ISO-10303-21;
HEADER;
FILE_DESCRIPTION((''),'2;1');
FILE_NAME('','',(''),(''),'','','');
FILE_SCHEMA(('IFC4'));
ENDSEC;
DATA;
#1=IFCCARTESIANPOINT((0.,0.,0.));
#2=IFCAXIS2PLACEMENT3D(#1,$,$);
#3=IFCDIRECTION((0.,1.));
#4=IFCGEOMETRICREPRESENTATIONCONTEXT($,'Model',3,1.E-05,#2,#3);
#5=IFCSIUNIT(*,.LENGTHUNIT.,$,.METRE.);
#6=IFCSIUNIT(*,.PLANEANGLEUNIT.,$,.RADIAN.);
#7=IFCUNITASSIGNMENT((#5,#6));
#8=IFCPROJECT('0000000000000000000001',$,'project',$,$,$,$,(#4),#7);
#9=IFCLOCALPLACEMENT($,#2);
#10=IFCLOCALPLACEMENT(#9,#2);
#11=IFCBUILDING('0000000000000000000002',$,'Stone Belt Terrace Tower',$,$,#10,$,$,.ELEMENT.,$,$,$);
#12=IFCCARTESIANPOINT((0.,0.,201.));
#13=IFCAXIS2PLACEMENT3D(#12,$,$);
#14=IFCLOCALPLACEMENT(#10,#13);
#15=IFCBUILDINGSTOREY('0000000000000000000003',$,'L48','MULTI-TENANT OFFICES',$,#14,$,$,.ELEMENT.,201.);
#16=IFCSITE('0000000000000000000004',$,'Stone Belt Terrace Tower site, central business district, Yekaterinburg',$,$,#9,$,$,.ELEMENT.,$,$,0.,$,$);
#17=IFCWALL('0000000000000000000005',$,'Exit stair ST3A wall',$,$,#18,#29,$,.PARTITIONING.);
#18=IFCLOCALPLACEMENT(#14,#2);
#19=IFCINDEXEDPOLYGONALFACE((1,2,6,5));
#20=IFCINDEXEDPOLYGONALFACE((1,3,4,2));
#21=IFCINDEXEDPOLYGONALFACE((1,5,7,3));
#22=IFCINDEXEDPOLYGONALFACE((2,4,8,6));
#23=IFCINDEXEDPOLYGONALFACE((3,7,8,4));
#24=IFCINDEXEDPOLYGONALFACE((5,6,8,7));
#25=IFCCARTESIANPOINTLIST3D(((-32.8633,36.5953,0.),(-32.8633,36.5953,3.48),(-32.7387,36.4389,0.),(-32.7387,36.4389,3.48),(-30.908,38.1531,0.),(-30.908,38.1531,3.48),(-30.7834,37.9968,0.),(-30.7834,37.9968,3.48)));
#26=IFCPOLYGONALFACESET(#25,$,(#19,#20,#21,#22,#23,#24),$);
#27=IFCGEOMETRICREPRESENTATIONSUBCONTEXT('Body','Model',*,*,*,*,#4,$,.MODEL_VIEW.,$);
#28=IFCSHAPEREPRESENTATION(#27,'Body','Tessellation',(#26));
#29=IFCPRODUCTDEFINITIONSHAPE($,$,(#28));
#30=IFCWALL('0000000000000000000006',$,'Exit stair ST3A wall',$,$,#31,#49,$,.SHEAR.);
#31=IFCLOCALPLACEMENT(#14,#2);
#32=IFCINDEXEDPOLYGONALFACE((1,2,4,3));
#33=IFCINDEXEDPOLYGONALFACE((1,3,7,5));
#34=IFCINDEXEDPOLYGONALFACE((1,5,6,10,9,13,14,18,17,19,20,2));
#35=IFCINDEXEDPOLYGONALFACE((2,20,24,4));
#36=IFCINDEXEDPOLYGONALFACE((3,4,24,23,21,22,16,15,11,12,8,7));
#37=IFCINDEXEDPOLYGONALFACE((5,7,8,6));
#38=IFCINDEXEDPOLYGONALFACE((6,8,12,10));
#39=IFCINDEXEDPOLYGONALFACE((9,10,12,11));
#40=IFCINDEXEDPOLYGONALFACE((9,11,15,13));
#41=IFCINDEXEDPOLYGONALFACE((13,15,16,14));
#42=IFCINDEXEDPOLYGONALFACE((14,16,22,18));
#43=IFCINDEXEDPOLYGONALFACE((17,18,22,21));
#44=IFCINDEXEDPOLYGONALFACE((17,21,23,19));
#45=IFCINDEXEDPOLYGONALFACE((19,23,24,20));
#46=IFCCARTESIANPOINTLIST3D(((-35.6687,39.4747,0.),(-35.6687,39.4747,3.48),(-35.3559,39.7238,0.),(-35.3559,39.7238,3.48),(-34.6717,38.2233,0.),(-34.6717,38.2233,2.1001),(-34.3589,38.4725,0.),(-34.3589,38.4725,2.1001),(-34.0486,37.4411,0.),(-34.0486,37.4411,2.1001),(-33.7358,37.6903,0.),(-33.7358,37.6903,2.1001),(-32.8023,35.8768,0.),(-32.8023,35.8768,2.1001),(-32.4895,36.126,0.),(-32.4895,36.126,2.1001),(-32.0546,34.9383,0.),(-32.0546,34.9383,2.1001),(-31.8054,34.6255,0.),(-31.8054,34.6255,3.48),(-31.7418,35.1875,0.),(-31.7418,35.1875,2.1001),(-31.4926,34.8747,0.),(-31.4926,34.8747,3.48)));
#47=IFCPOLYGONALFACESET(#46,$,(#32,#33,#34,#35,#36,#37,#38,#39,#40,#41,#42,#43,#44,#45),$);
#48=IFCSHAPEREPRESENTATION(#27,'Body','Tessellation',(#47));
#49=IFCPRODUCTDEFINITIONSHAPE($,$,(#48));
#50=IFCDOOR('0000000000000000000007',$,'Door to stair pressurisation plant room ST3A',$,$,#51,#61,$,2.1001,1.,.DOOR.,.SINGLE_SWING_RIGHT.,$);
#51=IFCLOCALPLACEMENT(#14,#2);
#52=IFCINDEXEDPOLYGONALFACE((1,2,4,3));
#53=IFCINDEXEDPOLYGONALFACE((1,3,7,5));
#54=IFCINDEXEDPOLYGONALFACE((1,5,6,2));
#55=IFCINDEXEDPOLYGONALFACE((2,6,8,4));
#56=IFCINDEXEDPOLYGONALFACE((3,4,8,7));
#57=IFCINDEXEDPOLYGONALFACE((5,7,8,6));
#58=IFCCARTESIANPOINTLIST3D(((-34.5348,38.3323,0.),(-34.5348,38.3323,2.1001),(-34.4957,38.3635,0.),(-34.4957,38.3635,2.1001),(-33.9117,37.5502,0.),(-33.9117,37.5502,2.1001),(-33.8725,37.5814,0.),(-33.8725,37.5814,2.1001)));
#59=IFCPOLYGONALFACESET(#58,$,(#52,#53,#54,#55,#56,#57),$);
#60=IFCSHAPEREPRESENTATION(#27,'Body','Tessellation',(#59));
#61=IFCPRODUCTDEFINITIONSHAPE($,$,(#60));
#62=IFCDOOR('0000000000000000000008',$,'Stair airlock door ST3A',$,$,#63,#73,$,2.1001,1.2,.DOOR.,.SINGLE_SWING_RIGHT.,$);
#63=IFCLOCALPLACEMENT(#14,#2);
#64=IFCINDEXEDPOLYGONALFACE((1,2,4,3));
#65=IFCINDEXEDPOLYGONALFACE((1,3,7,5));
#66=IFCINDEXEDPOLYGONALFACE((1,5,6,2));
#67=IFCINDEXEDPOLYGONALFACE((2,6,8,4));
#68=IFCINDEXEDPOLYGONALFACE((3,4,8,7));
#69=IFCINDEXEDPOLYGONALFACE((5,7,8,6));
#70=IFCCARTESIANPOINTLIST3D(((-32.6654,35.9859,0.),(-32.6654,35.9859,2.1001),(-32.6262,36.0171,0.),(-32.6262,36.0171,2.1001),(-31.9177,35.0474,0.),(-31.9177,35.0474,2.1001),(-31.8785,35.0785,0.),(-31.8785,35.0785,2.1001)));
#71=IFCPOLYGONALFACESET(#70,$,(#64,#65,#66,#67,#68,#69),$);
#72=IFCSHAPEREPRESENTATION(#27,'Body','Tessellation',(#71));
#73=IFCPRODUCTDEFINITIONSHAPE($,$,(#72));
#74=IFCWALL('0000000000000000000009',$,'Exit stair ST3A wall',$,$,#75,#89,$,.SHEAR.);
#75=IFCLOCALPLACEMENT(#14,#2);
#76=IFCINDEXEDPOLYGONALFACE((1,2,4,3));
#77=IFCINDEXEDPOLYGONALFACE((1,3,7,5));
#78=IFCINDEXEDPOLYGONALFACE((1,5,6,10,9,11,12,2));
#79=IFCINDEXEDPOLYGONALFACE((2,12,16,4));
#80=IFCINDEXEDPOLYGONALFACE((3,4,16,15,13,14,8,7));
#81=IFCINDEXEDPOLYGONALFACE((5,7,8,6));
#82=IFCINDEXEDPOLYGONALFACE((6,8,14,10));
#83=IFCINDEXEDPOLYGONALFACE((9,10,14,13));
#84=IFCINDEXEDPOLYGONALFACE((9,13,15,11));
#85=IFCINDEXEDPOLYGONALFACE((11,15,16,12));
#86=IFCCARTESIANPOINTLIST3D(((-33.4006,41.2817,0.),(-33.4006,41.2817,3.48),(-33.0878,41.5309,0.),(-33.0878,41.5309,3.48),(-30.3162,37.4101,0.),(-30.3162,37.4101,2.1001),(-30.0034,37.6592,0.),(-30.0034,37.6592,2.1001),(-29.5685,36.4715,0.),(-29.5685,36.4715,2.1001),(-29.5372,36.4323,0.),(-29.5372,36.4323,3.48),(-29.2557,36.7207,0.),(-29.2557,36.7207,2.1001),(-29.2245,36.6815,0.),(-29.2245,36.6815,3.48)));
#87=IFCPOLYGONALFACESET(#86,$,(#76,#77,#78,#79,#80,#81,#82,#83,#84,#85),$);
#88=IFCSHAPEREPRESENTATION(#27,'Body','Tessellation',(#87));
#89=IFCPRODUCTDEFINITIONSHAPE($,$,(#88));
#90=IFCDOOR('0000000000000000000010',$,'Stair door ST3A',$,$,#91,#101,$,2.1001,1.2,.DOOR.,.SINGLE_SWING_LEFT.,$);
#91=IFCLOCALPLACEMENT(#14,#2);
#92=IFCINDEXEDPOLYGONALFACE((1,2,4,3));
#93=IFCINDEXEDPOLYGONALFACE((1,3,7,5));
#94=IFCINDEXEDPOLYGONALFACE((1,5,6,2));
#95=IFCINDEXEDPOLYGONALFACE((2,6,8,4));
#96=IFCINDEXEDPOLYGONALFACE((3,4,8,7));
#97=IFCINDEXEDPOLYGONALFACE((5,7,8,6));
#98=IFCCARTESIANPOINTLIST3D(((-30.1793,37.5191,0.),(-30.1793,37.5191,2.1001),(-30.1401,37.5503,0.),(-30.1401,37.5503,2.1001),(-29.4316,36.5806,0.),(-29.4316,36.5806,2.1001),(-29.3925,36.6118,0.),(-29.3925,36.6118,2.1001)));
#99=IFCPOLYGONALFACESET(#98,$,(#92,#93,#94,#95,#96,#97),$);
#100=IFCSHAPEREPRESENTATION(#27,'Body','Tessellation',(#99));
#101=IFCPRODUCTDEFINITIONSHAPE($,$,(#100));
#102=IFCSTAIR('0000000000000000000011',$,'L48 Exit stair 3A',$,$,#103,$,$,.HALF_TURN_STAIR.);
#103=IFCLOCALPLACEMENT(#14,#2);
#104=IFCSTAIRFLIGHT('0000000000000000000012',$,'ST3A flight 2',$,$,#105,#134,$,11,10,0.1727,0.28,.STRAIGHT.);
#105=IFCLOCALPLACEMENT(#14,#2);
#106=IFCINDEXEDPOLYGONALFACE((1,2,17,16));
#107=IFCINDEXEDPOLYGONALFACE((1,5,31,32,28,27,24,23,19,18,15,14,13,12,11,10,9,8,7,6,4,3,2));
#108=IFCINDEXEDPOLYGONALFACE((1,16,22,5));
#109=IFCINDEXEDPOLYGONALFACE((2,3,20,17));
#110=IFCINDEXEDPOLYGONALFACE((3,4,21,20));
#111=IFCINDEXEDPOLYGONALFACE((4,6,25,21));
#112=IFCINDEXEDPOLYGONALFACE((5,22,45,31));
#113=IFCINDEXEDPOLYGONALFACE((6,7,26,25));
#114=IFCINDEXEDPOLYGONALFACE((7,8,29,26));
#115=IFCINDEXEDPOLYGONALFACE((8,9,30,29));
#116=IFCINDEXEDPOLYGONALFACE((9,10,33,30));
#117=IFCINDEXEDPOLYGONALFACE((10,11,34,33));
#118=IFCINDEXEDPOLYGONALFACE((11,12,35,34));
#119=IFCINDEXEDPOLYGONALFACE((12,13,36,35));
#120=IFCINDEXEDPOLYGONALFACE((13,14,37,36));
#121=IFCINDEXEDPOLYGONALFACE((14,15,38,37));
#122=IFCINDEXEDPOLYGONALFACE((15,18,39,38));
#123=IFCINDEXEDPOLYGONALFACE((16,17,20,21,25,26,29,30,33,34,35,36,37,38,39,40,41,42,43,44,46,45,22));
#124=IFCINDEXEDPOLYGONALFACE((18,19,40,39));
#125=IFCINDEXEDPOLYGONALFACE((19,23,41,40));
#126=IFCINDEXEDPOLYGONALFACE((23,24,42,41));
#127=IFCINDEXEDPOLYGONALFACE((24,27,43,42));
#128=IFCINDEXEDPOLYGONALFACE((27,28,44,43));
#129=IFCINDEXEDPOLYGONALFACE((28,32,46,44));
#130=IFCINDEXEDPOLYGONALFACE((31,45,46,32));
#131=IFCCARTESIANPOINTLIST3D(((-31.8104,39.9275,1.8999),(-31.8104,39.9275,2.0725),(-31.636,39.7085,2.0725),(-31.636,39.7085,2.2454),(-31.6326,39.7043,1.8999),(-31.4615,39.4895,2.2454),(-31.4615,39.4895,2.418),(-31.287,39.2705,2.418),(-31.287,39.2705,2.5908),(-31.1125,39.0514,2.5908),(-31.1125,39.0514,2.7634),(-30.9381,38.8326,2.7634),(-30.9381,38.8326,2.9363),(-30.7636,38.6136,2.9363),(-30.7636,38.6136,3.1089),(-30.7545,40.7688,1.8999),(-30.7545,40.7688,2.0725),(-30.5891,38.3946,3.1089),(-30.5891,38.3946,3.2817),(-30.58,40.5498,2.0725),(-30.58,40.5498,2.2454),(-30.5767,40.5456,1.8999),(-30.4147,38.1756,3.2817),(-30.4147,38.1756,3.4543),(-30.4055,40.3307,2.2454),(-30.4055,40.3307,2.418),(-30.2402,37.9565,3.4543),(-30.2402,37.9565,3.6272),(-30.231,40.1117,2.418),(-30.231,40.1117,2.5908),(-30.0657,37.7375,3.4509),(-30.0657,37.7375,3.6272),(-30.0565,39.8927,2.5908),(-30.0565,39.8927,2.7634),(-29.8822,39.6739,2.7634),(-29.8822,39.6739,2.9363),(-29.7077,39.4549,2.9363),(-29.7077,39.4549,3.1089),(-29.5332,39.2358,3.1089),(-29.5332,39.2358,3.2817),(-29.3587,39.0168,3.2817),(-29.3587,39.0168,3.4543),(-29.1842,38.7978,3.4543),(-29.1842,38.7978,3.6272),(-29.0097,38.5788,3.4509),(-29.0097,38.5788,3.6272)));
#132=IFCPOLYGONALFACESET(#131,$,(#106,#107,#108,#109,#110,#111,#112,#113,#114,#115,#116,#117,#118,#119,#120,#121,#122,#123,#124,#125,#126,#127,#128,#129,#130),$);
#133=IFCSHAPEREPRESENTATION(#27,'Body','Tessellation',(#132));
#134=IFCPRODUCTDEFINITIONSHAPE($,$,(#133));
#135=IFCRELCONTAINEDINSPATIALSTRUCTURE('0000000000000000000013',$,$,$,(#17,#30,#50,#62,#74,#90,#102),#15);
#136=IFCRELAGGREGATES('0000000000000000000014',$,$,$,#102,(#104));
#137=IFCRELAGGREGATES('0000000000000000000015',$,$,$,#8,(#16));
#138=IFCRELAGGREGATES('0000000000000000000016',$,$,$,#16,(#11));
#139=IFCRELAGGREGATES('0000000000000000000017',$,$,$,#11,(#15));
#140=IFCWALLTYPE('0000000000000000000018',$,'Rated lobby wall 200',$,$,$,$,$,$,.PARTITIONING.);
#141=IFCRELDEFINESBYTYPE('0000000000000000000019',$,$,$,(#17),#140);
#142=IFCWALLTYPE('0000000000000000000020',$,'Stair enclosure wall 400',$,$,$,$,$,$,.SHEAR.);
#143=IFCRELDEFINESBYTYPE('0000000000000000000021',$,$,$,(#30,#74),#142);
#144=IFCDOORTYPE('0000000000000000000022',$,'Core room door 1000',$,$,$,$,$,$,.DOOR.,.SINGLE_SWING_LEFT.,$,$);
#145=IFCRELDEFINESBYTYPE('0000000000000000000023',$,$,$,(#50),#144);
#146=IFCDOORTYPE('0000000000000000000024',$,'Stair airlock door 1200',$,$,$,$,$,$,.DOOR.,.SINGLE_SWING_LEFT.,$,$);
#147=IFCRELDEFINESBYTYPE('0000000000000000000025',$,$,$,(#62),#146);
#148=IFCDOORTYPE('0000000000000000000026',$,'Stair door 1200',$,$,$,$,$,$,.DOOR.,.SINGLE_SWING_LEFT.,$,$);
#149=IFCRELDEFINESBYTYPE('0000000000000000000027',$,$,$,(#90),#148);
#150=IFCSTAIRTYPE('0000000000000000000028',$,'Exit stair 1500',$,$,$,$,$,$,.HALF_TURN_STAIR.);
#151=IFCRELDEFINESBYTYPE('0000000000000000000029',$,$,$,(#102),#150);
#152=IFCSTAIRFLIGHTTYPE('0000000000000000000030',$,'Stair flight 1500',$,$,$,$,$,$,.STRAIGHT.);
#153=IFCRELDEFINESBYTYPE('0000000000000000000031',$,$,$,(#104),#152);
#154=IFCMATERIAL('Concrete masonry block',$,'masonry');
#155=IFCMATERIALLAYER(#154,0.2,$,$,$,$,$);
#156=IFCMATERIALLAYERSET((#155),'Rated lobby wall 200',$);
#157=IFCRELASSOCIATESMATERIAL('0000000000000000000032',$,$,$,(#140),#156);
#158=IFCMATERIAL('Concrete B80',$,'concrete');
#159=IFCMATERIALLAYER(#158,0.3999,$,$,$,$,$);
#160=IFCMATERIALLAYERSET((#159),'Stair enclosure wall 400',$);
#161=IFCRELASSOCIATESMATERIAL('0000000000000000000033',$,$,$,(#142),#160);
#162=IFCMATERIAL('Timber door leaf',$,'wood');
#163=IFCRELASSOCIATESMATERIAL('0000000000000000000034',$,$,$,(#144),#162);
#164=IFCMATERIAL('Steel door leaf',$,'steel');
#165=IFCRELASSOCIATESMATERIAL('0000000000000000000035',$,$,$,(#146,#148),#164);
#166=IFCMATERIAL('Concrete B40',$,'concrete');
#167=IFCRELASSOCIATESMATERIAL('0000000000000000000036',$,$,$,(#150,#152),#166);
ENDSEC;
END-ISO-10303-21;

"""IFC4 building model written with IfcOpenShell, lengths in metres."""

from ifc_helpers import new_model, si_unit, direction, frame, frame_2d, origin, place, context, subcontext, project, spatial, polyline, rectangle, outline, extrude, material, layer, layer_set, type_object, element, fill, aggregate, save


model = new_model("IFC4")

# Units and contexts
model_context = context("Model", 3, precision=1e-05, world=origin(), true_north=direction((0.0, 1.0)))
body_context = subcontext(model_context, "Body", "Model", "MODEL_VIEW")
ifc_project = project(units=[si_unit("LENGTHUNIT", "METRE"), si_unit("PLANEANGLEUNIT", "RADIAN")], contexts=[model_context])

# Site, building, storey
site_placement = place(None, origin())
site = spatial("IfcSite", under=ifc_project, at=site_placement, Name="Stone Belt Terrace Tower site, central business district, Yekaterinburg", CompositionType="ELEMENT", RefElevation=0.0)
building_placement = place(site_placement, origin())
building = spatial("IfcBuilding", under=site, at=building_placement, Name="Stone Belt Terrace Tower", CompositionType="ELEMENT")
storey_placement = place(building_placement, frame((0.0, 0.0, 201.0)))
storey = spatial("IfcBuildingStorey", under=building, at=storey_placement, Name="L48", Description="MULTI-TENANT OFFICES", CompositionType="ELEMENT", Elevation=201.0)

# Shared definitions
ifc_material_1 = material(Name="Timber door leaf", Category="wood")

# Wall
ifc_material_2 = material(Name="Concrete masonry block", Category="masonry")
ifc_layer_1 = layer(ifc_material_2, 0.2)
ifc_layer_set_1 = layer_set([ifc_layer_1], Name="Rated lobby wall 200")
wall_type_1 = type_object("IfcWallType", Name="Rated lobby wall 200", PredefinedType="PARTITIONING", material=ifc_layer_set_1)
wall_1_placement = place(storey_placement, frame((-30.8457, 38.075, 0.0), z_axis=(0.0, 0.0, 1.0), x_axis=(-0.782115, -0.623134, 0.0)))
element("IfcWall", 1, at=wall_1_placement, inside=storey, type_object=wall_type_1, Name="Exit stair ST3A wall", PredefinedType="PARTITIONING", context=body_context, shape_type="SweptSolid", body=[
    extrude(rectangle(XDim=2.5, YDim=0.2, at=frame_2d((1.25, 0.0))), origin(), (0.0, 0.0, 1.0), 3.48),
])

# Wall, openings, doors
ifc_material_3 = material(Name="Concrete B80", Category="concrete")
ifc_layer_2 = layer(ifc_material_3, 0.3999)
ifc_layer_set_2 = layer_set([ifc_layer_2], Name="Stair enclosure wall 400")
wall_type_2 = type_object("IfcWallType", Name="Stair enclosure wall 400", PredefinedType="SHEAR", material=ifc_layer_set_2)
wall_2_placement = place(storey_placement, frame((-31.6489, 34.75, 0.0), z_axis=(0.0, 0.0, 1.0), x_axis=(-0.623119, 0.782127, 0.0)))
wall_2 = element("IfcWall", 2, at=wall_2_placement, inside=storey, type_object=wall_type_2, Name="Exit stair ST3A wall", PredefinedType="SHEAR", context=body_context, shape_type="SweptSolid", body=[
    extrude(rectangle(XDim=6.2, YDim=0.3999, at=frame_2d((3.1001, 0.0))), origin(), (0.0, 0.0, 1.0), 3.48),
])
opening_1_placement = place(wall_2_placement, frame((0.3999, 0.0, 0.0)))
opening_1 = element("IfcOpeningElement", 3, at=opening_1_placement, cuts=wall_2, PredefinedType="OPENING", context=body_context, shape_type="SweptSolid", body=[
    extrude(rectangle(XDim=1.2, YDim=2.1001, at=frame_2d((0.6001, 1.05))), frame((0.0, 0.21, 0.0), z_axis=(0.0, -1.0, 0.0), x_axis=(1.0, 0.0, 0.0)), (0.0, 0.0, 1.0), 0.4199),
])
opening_2_placement = place(wall_2_placement, frame((3.6001, 0.0, 0.0)))
opening_2 = element("IfcOpeningElement", 4, at=opening_2_placement, cuts=wall_2, PredefinedType="OPENING", context=body_context, shape_type="SweptSolid", body=[
    extrude(rectangle(XDim=1.0, YDim=2.1001, at=frame_2d((0.5, 1.05))), frame((0.0, 0.21, 0.0), z_axis=(0.0, -1.0, 0.0), x_axis=(1.0, 0.0, 0.0)), (0.0, 0.0, 1.0), 0.4199),
])
door_type_1 = type_object("IfcDoorType", Name="Core room door 1000", OperationType="SINGLE_SWING_LEFT", PredefinedType="DOOR", material=ifc_material_1)
door_1_placement = place(opening_2_placement, origin())
door_1 = element("IfcDoor", 5, at=door_1_placement, inside=storey, type_object=door_type_1, Name="Door to stair pressurisation plant room ST3A", OperationType="SINGLE_SWING_RIGHT", OverallHeight=2.1001, OverallWidth=1.0, PredefinedType="DOOR", context=body_context, shape_type="SweptSolid", body=[
    extrude(rectangle(XDim=1.0, YDim=2.1001, at=frame_2d((0.5, 1.05))), frame((0.0, 0.0249, 0.0), z_axis=(0.0, -1.0, 0.0), x_axis=(1.0, 0.0, 0.0)), (0.0, 0.0, 1.0), 0.05),
])
fill(opening_2, door_1)
ifc_material_4 = material(Name="Steel door leaf", Category="steel")
door_type_2 = type_object("IfcDoorType", Name="Stair airlock door 1200", OperationType="SINGLE_SWING_LEFT", PredefinedType="DOOR", material=ifc_material_4)
door_2_placement = place(opening_1_placement, origin())
door_2 = element("IfcDoor", 6, at=door_2_placement, inside=storey, type_object=door_type_2, Name="Stair airlock door ST3A", OperationType="SINGLE_SWING_RIGHT", OverallHeight=2.1001, OverallWidth=1.2, PredefinedType="DOOR", context=body_context, shape_type="SweptSolid", body=[
    extrude(rectangle(XDim=1.2, YDim=2.1001, at=frame_2d((0.6001, 1.05))), frame((0.0, 0.0249, 0.0), z_axis=(0.0, -1.0, 0.0), x_axis=(1.0, 0.0, 0.0)), (0.0, 0.0, 1.0), 0.05),
])
fill(opening_1, door_2)

# Wall, opening, door
wall_3_placement = place(storey_placement, frame((-29.3809, 36.5569, 0.0), z_axis=(0.0, 0.0, 1.0), x_axis=(-0.623099, 0.782143, 0.0)))
wall_3 = element("IfcWall", 7, at=wall_3_placement, inside=storey, type_object=wall_type_2, Name="Exit stair ST3A wall", PredefinedType="SHEAR", context=body_context, shape_type="SweptSolid", body=[
    extrude(rectangle(XDim=6.2002, YDim=0.3999, at=frame_2d((3.1001, 0.0))), origin(), (0.0, 0.0, 1.0), 3.48),
])
opening_3_placement = place(wall_3_placement, frame((0.05, 0.0, 0.0)))
opening_3 = element("IfcOpeningElement", 8, at=opening_3_placement, cuts=wall_3, PredefinedType="OPENING", context=body_context, shape_type="SweptSolid", body=[
    extrude(rectangle(XDim=1.2, YDim=2.1001, at=frame_2d((0.6001, 1.05))), frame((0.0, 0.21, 0.0), z_axis=(0.0, -1.0, 0.0), x_axis=(1.0, 0.0, 0.0)), (0.0, 0.0, 1.0), 0.4199),
])
door_type_3 = type_object("IfcDoorType", Name="Stair door 1200", OperationType="SINGLE_SWING_LEFT", PredefinedType="DOOR", material=ifc_material_4)
door_3_placement = place(opening_3_placement, origin())
door_3 = element("IfcDoor", 9, at=door_3_placement, inside=storey, type_object=door_type_3, Name="Stair door ST3A", OperationType="SINGLE_SWING_LEFT", OverallHeight=2.1001, OverallWidth=1.2, PredefinedType="DOOR", context=body_context, shape_type="SweptSolid", body=[
    extrude(rectangle(XDim=1.2, YDim=2.1001, at=frame_2d((0.6001, 1.05))), frame((0.0, 0.0249, 0.0), z_axis=(0.0, -1.0, 0.0), x_axis=(1.0, 0.0, 0.0)), (0.0, 0.0, 1.0), 0.05),
])
fill(opening_3, door_3)

# Stair, stair flight
ifc_material_5 = material(Name="Concrete B40", Category="concrete")
stair_type = type_object("IfcStairType", Name="Exit stair 1500", PredefinedType="HALF_TURN_STAIR", material=ifc_material_5)
stair_placement = place(storey_placement, origin())
stair = element("IfcStair", 10, at=stair_placement, inside=storey, type_object=stair_type, Name="L48 Exit stair 3A", PredefinedType="HALF_TURN_STAIR")
stair_flight_type = type_object("IfcStairFlightType", Name="Stair flight 1500", PredefinedType="STRAIGHT", material=ifc_material_5)
stair_flight_placement = place(storey_placement, frame((-31.2825, 40.3481, 1.8999), z_axis=(0.0, 0.0, 1.0), x_axis=(0.623121, -0.782125, 0.0)))
stair_flight = element("IfcStairFlight", 11, at=stair_flight_placement, type_object=stair_flight_type, Name="ST3A flight 2", NumberOfRisers=11, NumberOfTreads=10, PredefinedType="STRAIGHT", RiserHeight=0.1727, TreadLength=0.28, context=body_context, shape_type="SweptSolid", body=[
    extrude(outline(polyline([(0.0, 0.0), (0.0, 0.1726), (0.28, 0.1726), (0.28, 0.3455), (0.5601, 0.3455), (0.5601, 0.5181), (0.8401, 0.5181), (0.8401, 0.6909), (1.1201, 0.6909), (1.1201, 0.8635), (1.3999, 0.8635), (1.3999, 1.0364), (1.6799, 1.0364), (1.6799, 1.209), (1.96, 1.209), (1.96, 1.3818), (2.24, 1.3818), (2.24, 1.5544), (2.52, 1.5544), (2.52, 1.7273), (2.8, 1.7273), (2.8, 1.8999), (2.8, 1.551), (0.2854, 0.0), (0.0, 0.0)])), frame((0.0, 0.675, 0.0), z_axis=(0.0, -1.0, 0.0), x_axis=(1.0, 0.0, 0.0)), (0.0, 0.0, 1.0), 1.3501),
])
aggregate(stair, [stair_flight])

save(model, "model.ifc")
